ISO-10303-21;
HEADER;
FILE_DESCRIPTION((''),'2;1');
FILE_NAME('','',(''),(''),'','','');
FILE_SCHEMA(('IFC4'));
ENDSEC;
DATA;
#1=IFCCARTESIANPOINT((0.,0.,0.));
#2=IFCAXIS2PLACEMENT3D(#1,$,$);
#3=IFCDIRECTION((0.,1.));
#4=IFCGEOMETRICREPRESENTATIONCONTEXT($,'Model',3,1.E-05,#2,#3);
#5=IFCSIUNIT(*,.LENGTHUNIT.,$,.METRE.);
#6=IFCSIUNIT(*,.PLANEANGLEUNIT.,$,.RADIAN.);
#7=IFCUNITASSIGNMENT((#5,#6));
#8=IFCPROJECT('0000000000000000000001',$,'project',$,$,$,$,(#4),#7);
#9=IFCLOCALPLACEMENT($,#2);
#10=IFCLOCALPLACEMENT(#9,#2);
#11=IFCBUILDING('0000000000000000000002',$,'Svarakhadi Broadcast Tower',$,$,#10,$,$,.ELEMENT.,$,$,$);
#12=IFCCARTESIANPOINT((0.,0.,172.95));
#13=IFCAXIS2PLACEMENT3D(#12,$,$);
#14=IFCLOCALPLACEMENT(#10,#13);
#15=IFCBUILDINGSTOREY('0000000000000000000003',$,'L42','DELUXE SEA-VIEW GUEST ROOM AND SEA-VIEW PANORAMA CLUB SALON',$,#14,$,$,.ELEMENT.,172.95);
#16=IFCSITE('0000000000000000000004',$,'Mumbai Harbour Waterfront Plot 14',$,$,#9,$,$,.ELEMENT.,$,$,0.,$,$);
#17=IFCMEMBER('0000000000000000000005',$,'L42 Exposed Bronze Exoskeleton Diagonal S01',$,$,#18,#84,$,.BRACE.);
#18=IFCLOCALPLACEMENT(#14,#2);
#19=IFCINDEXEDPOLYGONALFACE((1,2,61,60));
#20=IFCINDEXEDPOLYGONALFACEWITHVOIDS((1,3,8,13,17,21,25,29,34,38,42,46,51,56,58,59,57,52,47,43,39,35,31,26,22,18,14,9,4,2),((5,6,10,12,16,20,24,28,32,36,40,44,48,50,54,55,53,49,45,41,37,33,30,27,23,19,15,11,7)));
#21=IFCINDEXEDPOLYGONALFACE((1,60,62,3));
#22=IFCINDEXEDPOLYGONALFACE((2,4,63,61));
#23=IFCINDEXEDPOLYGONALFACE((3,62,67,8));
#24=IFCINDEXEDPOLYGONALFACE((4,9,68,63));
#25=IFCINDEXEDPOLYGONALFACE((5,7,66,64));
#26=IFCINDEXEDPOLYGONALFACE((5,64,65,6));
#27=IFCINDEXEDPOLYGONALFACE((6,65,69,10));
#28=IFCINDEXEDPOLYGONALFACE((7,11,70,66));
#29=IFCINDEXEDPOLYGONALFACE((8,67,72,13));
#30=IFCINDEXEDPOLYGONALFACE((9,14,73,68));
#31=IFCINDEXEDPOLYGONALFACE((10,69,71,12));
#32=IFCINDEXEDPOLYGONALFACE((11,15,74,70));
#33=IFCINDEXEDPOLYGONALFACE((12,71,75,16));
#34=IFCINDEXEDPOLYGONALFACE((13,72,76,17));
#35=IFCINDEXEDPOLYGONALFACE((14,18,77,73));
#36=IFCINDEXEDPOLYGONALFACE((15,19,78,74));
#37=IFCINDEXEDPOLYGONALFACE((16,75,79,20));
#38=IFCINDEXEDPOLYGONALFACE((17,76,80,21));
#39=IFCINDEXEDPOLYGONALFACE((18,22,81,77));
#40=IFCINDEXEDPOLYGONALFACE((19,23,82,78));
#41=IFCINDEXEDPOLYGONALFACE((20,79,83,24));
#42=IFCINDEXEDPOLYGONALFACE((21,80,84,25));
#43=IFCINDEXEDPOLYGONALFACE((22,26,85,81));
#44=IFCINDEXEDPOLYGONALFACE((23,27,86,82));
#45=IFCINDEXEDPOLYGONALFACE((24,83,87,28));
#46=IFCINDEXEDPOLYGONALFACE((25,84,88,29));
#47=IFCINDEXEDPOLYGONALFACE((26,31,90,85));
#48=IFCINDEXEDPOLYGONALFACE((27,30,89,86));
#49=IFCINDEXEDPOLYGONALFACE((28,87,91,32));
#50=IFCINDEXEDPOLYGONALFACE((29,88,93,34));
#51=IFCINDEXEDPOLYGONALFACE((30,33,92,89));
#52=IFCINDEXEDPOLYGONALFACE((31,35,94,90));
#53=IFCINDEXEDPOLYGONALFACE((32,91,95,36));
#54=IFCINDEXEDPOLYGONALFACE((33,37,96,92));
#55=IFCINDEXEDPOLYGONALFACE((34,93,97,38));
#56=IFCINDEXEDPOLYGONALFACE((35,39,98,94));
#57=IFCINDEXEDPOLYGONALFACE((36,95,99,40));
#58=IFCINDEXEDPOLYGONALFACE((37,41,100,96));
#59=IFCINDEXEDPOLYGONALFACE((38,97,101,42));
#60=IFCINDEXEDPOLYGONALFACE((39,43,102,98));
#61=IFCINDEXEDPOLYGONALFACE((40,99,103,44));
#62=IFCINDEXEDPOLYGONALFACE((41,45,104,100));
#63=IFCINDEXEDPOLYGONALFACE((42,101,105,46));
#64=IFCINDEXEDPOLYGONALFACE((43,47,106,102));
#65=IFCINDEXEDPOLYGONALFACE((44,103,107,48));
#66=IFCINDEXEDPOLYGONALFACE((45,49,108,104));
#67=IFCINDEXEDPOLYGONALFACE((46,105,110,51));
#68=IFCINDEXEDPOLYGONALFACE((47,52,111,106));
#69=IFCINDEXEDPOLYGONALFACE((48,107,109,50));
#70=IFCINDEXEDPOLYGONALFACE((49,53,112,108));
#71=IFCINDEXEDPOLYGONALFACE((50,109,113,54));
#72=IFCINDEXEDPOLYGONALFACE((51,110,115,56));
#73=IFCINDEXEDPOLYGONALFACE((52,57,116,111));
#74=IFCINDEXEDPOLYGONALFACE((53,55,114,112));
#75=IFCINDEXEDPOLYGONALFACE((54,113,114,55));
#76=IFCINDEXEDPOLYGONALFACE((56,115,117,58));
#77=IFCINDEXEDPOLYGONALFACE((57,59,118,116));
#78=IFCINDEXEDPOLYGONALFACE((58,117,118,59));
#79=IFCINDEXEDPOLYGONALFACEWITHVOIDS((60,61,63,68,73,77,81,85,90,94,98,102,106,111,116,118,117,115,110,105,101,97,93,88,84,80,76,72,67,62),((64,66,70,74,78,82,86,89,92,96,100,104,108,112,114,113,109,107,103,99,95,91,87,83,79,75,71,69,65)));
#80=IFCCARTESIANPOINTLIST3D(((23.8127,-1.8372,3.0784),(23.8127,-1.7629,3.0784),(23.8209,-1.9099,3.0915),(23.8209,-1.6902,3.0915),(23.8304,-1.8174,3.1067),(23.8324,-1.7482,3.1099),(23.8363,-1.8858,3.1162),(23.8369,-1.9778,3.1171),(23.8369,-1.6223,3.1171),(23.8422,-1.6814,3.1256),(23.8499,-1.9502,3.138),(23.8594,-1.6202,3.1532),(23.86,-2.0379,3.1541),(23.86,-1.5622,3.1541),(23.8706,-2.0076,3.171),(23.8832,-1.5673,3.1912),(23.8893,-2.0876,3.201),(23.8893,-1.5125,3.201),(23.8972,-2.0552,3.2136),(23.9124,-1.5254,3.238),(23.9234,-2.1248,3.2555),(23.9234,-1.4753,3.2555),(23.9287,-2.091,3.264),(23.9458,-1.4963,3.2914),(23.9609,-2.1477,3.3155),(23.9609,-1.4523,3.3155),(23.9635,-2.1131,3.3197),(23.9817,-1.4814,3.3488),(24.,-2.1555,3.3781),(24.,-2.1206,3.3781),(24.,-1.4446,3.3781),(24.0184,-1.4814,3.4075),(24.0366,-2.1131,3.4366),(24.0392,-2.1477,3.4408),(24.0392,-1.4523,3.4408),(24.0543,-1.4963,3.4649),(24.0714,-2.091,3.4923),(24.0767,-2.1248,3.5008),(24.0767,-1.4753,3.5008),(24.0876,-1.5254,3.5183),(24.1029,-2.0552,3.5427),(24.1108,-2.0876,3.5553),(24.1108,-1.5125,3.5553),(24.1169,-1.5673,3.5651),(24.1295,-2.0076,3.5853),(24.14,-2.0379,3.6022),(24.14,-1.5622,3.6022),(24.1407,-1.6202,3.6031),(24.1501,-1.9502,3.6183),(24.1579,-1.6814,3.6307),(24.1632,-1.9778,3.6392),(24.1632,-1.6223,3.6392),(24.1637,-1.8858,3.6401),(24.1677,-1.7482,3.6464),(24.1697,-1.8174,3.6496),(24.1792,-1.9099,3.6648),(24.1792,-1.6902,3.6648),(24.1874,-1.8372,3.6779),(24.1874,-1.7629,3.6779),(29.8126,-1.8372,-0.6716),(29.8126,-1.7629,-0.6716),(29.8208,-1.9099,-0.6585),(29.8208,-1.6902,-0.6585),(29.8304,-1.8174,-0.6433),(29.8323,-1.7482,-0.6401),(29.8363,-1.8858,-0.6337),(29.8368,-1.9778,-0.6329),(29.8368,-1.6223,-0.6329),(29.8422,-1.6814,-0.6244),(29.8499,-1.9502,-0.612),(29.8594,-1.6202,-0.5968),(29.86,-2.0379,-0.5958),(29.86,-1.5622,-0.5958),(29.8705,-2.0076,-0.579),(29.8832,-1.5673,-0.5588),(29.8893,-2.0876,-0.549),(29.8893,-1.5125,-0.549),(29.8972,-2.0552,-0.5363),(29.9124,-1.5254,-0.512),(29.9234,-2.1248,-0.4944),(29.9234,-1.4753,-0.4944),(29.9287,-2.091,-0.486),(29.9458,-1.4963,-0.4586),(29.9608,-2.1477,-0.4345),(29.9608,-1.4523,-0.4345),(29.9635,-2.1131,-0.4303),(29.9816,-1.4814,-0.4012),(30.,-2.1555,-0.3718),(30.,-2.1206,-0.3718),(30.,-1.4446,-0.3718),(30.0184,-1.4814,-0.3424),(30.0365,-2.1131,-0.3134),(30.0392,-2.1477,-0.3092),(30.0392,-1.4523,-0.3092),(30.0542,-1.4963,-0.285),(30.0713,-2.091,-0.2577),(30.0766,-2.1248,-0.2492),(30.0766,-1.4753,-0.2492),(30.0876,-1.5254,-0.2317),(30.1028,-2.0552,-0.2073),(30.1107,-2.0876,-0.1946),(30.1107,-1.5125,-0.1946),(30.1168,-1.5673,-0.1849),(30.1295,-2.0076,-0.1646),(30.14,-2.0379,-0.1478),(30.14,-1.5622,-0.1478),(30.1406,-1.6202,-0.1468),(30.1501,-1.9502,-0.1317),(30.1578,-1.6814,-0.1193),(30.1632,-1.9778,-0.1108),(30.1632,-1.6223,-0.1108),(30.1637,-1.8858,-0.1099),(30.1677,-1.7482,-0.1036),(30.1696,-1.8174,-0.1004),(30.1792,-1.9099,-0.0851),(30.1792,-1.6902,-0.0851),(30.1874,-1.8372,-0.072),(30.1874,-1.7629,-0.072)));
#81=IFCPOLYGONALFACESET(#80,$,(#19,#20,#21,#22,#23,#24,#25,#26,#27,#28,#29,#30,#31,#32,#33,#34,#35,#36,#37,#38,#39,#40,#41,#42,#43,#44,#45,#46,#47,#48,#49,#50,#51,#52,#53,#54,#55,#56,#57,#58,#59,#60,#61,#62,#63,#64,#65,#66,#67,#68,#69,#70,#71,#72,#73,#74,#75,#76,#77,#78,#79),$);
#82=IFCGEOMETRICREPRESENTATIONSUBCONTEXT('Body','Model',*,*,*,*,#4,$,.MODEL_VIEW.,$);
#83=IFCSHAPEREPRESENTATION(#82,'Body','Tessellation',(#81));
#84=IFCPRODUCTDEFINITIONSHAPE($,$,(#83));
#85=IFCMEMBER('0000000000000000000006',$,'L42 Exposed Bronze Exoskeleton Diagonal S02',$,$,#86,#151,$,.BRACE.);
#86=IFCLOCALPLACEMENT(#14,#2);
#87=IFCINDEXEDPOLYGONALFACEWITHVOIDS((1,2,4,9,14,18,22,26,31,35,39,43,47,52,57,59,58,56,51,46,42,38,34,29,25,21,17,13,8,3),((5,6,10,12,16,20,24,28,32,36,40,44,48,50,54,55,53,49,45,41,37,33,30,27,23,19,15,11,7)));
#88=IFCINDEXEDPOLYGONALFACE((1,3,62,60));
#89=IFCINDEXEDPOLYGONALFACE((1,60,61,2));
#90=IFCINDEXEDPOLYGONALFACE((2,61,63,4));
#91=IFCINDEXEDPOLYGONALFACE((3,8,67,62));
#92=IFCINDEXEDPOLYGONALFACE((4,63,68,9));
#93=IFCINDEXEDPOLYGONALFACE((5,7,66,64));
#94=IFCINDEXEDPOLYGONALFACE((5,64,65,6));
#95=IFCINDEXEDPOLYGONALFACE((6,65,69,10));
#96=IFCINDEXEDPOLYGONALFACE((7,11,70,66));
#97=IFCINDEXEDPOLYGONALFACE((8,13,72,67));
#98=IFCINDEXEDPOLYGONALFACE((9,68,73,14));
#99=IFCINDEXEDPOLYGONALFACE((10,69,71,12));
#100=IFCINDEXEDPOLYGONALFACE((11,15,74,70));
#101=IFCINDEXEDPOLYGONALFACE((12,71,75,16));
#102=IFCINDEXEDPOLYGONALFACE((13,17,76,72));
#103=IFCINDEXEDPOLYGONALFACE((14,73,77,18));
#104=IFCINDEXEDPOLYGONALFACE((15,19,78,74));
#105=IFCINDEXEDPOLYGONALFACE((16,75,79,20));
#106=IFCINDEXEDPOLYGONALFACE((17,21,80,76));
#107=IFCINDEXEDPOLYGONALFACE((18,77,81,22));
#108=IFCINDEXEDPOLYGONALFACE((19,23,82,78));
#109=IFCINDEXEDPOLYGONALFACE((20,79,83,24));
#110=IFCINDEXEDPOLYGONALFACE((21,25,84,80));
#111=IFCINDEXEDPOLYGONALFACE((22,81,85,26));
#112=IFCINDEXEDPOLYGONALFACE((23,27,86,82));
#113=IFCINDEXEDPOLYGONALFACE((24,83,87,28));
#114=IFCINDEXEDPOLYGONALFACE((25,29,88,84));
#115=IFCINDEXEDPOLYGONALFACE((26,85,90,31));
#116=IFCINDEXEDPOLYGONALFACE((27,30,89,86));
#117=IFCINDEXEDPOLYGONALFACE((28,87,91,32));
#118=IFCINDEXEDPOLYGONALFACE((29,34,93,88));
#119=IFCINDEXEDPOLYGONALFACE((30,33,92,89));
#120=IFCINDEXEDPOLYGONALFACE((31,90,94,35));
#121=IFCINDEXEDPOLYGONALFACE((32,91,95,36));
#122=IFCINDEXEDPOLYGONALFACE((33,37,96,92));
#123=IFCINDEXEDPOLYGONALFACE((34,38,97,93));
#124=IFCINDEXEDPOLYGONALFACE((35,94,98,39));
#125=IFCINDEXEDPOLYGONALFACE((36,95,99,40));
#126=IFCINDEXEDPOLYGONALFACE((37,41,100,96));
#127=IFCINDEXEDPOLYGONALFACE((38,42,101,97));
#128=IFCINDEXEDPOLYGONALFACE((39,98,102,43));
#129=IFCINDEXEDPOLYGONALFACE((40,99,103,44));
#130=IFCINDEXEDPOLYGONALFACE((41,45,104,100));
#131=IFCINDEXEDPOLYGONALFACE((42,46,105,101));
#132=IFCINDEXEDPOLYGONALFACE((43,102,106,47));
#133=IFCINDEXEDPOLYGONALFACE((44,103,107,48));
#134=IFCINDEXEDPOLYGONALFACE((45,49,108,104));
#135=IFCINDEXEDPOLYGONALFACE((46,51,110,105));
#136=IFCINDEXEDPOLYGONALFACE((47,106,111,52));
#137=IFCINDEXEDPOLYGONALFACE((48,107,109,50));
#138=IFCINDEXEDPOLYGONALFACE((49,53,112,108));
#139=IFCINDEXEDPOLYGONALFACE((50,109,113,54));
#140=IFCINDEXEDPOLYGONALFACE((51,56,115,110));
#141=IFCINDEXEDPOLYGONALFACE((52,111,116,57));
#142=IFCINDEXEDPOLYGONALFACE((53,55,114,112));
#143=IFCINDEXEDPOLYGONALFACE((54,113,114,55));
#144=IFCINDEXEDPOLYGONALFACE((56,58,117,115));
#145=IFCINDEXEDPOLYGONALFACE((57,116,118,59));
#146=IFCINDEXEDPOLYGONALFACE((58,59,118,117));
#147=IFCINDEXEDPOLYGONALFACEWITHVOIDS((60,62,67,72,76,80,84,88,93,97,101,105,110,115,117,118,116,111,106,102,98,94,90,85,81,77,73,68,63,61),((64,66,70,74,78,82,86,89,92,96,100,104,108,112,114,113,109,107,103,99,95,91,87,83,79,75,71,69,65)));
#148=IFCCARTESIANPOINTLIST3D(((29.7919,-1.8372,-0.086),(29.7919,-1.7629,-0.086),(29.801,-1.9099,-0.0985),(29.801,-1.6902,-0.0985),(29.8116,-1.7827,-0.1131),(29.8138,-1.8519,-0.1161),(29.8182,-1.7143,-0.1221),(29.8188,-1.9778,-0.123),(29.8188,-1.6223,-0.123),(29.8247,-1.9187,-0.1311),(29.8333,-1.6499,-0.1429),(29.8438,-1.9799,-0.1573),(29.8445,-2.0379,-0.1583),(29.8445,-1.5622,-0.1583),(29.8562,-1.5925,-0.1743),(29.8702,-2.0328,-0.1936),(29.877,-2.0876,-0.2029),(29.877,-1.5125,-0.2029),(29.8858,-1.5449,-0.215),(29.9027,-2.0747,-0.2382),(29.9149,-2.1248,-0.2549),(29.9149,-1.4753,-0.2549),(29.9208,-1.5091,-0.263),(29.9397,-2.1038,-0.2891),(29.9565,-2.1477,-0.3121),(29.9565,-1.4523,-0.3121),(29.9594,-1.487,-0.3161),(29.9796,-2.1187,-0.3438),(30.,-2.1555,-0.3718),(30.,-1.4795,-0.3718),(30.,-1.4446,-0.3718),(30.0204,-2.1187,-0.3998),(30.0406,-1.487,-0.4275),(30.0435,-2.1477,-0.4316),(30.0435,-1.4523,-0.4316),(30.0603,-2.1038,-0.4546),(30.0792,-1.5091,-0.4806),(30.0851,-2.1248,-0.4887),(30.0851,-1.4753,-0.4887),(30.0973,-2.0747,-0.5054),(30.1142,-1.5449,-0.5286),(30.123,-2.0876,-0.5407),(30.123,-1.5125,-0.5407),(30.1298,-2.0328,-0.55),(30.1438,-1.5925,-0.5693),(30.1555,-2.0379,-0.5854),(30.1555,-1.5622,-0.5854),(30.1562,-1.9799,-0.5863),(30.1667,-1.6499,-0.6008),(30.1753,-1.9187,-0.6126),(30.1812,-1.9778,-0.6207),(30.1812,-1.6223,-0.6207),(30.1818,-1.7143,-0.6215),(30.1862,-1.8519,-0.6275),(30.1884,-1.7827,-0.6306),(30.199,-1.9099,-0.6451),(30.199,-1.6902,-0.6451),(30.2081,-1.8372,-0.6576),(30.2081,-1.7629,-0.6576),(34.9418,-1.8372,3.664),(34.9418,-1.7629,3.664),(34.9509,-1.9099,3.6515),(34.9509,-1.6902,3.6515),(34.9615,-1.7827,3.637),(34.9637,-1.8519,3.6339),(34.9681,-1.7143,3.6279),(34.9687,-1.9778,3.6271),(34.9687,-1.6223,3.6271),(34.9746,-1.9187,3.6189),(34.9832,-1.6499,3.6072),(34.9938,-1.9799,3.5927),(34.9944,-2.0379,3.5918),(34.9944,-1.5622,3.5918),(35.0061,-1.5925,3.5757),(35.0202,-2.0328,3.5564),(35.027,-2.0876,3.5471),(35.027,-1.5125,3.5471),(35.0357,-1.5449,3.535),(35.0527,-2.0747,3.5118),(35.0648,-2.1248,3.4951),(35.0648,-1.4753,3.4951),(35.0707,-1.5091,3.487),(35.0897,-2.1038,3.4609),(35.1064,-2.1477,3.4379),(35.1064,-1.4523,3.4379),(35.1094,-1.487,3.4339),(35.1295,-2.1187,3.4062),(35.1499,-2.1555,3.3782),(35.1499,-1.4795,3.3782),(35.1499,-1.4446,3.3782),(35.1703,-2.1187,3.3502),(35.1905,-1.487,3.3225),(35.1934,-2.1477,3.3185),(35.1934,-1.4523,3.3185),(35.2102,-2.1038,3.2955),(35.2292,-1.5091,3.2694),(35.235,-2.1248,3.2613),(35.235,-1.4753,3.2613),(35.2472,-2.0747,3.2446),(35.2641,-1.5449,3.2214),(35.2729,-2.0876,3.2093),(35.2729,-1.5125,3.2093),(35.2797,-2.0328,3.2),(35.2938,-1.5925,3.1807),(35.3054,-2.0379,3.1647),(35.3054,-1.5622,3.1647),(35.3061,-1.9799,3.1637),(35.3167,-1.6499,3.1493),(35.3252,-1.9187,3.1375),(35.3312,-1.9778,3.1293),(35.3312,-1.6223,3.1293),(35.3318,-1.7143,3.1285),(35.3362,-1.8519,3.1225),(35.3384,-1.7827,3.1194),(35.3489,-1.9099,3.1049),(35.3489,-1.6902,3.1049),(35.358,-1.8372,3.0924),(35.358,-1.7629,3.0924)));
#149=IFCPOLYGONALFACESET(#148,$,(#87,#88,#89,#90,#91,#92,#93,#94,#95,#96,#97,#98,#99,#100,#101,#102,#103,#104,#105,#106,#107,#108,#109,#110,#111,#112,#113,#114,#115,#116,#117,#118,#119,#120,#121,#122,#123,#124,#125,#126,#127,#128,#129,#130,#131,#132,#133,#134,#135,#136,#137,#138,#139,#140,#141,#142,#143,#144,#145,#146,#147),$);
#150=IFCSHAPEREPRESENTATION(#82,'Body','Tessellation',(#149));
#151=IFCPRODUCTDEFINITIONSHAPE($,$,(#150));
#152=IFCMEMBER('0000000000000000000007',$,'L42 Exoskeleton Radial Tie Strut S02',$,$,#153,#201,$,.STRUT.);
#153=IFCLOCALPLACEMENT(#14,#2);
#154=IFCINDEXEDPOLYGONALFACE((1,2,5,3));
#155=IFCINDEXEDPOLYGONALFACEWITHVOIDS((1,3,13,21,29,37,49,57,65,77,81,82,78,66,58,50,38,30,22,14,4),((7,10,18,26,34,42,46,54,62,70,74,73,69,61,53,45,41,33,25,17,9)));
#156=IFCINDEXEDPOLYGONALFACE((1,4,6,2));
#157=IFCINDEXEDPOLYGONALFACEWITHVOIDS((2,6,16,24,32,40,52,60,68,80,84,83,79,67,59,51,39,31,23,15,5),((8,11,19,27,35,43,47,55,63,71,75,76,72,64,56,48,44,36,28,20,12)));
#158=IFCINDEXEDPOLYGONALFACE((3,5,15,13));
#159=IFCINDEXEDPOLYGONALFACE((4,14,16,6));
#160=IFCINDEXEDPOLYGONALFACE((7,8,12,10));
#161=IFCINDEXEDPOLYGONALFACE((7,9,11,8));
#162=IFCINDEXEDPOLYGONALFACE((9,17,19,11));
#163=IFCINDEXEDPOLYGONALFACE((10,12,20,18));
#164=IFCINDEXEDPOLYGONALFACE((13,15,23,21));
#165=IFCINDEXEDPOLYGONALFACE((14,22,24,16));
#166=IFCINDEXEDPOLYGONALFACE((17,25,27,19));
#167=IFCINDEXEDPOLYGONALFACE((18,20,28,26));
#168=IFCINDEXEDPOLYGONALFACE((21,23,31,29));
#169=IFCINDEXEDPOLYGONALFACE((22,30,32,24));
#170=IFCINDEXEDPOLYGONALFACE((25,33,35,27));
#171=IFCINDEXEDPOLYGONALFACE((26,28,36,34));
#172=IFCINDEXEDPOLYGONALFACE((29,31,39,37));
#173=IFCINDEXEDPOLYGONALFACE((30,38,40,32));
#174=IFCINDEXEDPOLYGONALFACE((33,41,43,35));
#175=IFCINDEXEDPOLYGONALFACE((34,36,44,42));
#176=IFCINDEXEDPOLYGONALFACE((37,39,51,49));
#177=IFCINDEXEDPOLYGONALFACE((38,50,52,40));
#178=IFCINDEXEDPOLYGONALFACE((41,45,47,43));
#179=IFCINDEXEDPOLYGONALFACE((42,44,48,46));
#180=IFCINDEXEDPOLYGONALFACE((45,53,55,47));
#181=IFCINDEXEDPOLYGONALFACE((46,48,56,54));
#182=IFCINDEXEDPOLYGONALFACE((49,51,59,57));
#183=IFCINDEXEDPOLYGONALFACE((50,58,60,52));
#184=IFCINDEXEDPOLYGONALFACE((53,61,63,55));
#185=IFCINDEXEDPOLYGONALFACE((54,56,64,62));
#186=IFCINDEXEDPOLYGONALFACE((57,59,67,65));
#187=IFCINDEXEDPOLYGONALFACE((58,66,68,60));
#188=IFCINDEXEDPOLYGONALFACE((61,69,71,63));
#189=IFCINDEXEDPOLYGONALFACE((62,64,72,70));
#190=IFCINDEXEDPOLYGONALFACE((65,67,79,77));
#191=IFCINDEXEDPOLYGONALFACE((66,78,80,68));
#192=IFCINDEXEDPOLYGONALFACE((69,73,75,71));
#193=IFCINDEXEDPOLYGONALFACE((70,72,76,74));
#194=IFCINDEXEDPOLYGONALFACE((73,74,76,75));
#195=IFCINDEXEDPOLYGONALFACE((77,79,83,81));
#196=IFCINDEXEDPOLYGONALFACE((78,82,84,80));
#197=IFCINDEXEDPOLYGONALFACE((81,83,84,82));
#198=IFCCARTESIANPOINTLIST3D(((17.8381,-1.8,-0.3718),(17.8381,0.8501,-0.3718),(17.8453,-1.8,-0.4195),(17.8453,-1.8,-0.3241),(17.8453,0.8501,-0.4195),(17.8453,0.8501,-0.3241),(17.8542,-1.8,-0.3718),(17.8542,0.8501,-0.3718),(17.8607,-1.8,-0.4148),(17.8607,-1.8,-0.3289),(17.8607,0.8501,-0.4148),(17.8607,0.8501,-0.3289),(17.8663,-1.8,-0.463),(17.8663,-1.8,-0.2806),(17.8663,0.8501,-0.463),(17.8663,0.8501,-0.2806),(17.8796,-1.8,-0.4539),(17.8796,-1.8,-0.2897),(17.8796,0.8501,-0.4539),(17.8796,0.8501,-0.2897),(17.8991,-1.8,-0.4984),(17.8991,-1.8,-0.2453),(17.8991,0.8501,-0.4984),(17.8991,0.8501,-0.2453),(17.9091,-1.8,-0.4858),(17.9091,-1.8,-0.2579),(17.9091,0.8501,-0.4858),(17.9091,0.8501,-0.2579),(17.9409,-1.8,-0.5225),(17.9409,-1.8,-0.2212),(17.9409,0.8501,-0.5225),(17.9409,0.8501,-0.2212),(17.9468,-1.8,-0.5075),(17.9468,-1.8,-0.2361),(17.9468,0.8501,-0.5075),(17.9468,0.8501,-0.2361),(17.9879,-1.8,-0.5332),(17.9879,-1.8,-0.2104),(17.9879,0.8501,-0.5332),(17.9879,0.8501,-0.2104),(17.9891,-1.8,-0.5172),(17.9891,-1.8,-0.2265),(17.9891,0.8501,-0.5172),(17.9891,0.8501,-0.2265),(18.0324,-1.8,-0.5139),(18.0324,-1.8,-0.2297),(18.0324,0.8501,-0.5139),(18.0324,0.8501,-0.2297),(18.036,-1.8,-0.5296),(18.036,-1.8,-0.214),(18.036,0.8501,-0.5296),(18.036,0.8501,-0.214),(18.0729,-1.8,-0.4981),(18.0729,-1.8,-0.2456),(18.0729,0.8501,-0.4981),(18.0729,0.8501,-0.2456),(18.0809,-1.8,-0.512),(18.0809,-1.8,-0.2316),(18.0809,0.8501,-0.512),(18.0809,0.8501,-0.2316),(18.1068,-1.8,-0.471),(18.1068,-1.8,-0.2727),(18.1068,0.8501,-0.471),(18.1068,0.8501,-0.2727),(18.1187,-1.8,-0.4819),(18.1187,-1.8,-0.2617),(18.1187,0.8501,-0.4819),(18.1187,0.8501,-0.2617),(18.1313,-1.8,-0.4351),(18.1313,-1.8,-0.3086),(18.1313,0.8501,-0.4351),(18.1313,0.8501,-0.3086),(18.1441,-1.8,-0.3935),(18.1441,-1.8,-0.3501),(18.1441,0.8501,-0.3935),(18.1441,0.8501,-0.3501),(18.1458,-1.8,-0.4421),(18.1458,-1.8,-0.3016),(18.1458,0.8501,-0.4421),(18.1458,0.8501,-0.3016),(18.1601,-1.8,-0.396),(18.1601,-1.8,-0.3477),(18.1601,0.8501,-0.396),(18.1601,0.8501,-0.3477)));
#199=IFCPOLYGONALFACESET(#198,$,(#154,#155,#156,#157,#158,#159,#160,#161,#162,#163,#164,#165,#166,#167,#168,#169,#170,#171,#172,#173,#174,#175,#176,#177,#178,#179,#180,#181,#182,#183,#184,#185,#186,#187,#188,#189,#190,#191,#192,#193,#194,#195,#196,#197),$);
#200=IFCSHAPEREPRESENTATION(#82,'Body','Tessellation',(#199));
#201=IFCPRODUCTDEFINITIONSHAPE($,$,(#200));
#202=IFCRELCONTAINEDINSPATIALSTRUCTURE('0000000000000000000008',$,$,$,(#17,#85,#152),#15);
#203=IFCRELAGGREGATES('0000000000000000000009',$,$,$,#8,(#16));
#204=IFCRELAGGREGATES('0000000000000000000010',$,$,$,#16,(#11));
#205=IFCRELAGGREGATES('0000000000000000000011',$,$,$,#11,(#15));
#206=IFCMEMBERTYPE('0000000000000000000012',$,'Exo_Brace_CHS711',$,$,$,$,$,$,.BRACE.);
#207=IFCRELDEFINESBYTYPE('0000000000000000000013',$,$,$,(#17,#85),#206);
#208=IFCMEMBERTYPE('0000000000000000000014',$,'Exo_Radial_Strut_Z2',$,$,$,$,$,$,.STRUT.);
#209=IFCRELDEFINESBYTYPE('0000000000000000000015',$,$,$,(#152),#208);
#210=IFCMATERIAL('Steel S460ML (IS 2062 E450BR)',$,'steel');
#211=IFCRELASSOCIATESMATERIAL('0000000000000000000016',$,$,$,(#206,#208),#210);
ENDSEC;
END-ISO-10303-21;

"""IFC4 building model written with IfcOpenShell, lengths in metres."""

from ifc_helpers import new_model, si_unit, direction, frame, origin, origin_2d, place, context, subcontext, project, spatial, hollow_circle, extrude, material, material_profile, profile_set, type_object, element, save


model = new_model("IFC4")

# Units and contexts
model_context = context("Model", 3, precision=1e-05, world=origin(), true_north=direction((0.0, 1.0)))
body_context = subcontext(model_context, "Body", "Model", "MODEL_VIEW")
ifc_project = project(units=[si_unit("LENGTHUNIT", "METRE"), si_unit("PLANEANGLEUNIT", "RADIAN")], contexts=[model_context])

# Site, building, storey
site_placement = place(None, origin())
site = spatial("IfcSite", under=ifc_project, at=site_placement, Name="Mumbai Harbour Waterfront Plot 14", CompositionType="ELEMENT", RefElevation=0.0)
building_placement = place(site_placement, origin())
building = spatial("IfcBuilding", under=site, at=building_placement, Name="Svarakhadi Broadcast Tower", CompositionType="ELEMENT")
storey_placement = place(building_placement, frame((0.0, 0.0, 172.95)))
storey = spatial("IfcBuildingStorey", under=building, at=storey_placement, Name="L42", Description="DELUXE SEA-VIEW GUEST ROOM AND SEA-VIEW PANORAMA CLUB SALON", CompositionType="ELEMENT", Elevation=172.95)

# Members
ifc_material_1 = material(Name="Steel S460ML (IS 2062 E450BR)", Category="steel")
ifc_material_profile_1 = material_profile(ifc_material_1, hollow_circle(Radius=0.3555, WallThickness=0.0349, at=origin_2d()), Name="CHS 711x35")
ifc_profile_set_1 = profile_set([ifc_material_profile_1], Name="Steel S460ML (IS 2062 E450BR)")
member_type_1 = type_object("IfcMemberType", Name="Exo_Brace_CHS711", PredefinedType="BRACE", material=ifc_profile_set_1)
member_1_placement = place(storey_placement, frame((30.0, -1.8, -0.3718), z_axis=(-0.847998, 0.0, 0.529999), x_axis=(0.0, -1.0, 0.0)))
element("IfcMember", 1, at=member_1_placement, inside=storey, type_object=member_type_1, Name="L42 Exposed Bronze Exoskeleton Diagonal S01", PredefinedType="BRACE", context=body_context, shape_type="SweptSolid", body=[
    extrude(hollow_circle(Radius=0.3555, WallThickness=0.0349, at=origin_2d()), origin(), (0.0, 0.0, 1.0), 7.0754),
])
member_2_placement = place(storey_placement, frame((30.0, -1.8, -0.3718), z_axis=(0.808391, 0.0, 0.588646), x_axis=(0.0, 1.0, 0.0)))
element("IfcMember", 2, at=member_2_placement, inside=storey, type_object=member_type_1, Name="L42 Exposed Bronze Exoskeleton Diagonal S02", PredefinedType="BRACE", context=body_context, shape_type="SweptSolid", body=[
    extrude(hollow_circle(Radius=0.3555, WallThickness=0.0349, at=origin_2d()), origin(), (0.0, 0.0, 1.0), 6.3706),
])
ifc_material_profile_2 = material_profile(ifc_material_1, hollow_circle(Radius=0.1619, WallThickness=0.0161, at=origin_2d()), Name="CHS 323.9x16")
ifc_profile_set_2 = profile_set([ifc_material_profile_2], Name="Steel S460ML (IS 2062 E450BR)")
member_type_2 = type_object("IfcMemberType", Name="Exo_Radial_Strut_Z2", PredefinedType="STRUT", material=ifc_profile_set_2)
for number, where, z_axis, x_axis, name in (
    (3, (18.0, -1.8, -0.3718), (0.0, 1.0, 0.0), (-1.0, 0.0, 0.0), "L42 Exoskeleton Radial Tie Strut S02"),
):
    element("IfcMember", number, at=place(storey_placement, frame(where, z_axis=z_axis, x_axis=x_axis)), inside=storey, type_object=member_type_2, Name=name, PredefinedType="STRUT", context=body_context, shape_type="SweptSolid", body=[
        extrude(hollow_circle(Radius=0.1619, WallThickness=0.0161, at=origin_2d()), origin(), (0.0, 0.0, 1.0), 2.6501),
    ])

save(model, "model.ifc")
